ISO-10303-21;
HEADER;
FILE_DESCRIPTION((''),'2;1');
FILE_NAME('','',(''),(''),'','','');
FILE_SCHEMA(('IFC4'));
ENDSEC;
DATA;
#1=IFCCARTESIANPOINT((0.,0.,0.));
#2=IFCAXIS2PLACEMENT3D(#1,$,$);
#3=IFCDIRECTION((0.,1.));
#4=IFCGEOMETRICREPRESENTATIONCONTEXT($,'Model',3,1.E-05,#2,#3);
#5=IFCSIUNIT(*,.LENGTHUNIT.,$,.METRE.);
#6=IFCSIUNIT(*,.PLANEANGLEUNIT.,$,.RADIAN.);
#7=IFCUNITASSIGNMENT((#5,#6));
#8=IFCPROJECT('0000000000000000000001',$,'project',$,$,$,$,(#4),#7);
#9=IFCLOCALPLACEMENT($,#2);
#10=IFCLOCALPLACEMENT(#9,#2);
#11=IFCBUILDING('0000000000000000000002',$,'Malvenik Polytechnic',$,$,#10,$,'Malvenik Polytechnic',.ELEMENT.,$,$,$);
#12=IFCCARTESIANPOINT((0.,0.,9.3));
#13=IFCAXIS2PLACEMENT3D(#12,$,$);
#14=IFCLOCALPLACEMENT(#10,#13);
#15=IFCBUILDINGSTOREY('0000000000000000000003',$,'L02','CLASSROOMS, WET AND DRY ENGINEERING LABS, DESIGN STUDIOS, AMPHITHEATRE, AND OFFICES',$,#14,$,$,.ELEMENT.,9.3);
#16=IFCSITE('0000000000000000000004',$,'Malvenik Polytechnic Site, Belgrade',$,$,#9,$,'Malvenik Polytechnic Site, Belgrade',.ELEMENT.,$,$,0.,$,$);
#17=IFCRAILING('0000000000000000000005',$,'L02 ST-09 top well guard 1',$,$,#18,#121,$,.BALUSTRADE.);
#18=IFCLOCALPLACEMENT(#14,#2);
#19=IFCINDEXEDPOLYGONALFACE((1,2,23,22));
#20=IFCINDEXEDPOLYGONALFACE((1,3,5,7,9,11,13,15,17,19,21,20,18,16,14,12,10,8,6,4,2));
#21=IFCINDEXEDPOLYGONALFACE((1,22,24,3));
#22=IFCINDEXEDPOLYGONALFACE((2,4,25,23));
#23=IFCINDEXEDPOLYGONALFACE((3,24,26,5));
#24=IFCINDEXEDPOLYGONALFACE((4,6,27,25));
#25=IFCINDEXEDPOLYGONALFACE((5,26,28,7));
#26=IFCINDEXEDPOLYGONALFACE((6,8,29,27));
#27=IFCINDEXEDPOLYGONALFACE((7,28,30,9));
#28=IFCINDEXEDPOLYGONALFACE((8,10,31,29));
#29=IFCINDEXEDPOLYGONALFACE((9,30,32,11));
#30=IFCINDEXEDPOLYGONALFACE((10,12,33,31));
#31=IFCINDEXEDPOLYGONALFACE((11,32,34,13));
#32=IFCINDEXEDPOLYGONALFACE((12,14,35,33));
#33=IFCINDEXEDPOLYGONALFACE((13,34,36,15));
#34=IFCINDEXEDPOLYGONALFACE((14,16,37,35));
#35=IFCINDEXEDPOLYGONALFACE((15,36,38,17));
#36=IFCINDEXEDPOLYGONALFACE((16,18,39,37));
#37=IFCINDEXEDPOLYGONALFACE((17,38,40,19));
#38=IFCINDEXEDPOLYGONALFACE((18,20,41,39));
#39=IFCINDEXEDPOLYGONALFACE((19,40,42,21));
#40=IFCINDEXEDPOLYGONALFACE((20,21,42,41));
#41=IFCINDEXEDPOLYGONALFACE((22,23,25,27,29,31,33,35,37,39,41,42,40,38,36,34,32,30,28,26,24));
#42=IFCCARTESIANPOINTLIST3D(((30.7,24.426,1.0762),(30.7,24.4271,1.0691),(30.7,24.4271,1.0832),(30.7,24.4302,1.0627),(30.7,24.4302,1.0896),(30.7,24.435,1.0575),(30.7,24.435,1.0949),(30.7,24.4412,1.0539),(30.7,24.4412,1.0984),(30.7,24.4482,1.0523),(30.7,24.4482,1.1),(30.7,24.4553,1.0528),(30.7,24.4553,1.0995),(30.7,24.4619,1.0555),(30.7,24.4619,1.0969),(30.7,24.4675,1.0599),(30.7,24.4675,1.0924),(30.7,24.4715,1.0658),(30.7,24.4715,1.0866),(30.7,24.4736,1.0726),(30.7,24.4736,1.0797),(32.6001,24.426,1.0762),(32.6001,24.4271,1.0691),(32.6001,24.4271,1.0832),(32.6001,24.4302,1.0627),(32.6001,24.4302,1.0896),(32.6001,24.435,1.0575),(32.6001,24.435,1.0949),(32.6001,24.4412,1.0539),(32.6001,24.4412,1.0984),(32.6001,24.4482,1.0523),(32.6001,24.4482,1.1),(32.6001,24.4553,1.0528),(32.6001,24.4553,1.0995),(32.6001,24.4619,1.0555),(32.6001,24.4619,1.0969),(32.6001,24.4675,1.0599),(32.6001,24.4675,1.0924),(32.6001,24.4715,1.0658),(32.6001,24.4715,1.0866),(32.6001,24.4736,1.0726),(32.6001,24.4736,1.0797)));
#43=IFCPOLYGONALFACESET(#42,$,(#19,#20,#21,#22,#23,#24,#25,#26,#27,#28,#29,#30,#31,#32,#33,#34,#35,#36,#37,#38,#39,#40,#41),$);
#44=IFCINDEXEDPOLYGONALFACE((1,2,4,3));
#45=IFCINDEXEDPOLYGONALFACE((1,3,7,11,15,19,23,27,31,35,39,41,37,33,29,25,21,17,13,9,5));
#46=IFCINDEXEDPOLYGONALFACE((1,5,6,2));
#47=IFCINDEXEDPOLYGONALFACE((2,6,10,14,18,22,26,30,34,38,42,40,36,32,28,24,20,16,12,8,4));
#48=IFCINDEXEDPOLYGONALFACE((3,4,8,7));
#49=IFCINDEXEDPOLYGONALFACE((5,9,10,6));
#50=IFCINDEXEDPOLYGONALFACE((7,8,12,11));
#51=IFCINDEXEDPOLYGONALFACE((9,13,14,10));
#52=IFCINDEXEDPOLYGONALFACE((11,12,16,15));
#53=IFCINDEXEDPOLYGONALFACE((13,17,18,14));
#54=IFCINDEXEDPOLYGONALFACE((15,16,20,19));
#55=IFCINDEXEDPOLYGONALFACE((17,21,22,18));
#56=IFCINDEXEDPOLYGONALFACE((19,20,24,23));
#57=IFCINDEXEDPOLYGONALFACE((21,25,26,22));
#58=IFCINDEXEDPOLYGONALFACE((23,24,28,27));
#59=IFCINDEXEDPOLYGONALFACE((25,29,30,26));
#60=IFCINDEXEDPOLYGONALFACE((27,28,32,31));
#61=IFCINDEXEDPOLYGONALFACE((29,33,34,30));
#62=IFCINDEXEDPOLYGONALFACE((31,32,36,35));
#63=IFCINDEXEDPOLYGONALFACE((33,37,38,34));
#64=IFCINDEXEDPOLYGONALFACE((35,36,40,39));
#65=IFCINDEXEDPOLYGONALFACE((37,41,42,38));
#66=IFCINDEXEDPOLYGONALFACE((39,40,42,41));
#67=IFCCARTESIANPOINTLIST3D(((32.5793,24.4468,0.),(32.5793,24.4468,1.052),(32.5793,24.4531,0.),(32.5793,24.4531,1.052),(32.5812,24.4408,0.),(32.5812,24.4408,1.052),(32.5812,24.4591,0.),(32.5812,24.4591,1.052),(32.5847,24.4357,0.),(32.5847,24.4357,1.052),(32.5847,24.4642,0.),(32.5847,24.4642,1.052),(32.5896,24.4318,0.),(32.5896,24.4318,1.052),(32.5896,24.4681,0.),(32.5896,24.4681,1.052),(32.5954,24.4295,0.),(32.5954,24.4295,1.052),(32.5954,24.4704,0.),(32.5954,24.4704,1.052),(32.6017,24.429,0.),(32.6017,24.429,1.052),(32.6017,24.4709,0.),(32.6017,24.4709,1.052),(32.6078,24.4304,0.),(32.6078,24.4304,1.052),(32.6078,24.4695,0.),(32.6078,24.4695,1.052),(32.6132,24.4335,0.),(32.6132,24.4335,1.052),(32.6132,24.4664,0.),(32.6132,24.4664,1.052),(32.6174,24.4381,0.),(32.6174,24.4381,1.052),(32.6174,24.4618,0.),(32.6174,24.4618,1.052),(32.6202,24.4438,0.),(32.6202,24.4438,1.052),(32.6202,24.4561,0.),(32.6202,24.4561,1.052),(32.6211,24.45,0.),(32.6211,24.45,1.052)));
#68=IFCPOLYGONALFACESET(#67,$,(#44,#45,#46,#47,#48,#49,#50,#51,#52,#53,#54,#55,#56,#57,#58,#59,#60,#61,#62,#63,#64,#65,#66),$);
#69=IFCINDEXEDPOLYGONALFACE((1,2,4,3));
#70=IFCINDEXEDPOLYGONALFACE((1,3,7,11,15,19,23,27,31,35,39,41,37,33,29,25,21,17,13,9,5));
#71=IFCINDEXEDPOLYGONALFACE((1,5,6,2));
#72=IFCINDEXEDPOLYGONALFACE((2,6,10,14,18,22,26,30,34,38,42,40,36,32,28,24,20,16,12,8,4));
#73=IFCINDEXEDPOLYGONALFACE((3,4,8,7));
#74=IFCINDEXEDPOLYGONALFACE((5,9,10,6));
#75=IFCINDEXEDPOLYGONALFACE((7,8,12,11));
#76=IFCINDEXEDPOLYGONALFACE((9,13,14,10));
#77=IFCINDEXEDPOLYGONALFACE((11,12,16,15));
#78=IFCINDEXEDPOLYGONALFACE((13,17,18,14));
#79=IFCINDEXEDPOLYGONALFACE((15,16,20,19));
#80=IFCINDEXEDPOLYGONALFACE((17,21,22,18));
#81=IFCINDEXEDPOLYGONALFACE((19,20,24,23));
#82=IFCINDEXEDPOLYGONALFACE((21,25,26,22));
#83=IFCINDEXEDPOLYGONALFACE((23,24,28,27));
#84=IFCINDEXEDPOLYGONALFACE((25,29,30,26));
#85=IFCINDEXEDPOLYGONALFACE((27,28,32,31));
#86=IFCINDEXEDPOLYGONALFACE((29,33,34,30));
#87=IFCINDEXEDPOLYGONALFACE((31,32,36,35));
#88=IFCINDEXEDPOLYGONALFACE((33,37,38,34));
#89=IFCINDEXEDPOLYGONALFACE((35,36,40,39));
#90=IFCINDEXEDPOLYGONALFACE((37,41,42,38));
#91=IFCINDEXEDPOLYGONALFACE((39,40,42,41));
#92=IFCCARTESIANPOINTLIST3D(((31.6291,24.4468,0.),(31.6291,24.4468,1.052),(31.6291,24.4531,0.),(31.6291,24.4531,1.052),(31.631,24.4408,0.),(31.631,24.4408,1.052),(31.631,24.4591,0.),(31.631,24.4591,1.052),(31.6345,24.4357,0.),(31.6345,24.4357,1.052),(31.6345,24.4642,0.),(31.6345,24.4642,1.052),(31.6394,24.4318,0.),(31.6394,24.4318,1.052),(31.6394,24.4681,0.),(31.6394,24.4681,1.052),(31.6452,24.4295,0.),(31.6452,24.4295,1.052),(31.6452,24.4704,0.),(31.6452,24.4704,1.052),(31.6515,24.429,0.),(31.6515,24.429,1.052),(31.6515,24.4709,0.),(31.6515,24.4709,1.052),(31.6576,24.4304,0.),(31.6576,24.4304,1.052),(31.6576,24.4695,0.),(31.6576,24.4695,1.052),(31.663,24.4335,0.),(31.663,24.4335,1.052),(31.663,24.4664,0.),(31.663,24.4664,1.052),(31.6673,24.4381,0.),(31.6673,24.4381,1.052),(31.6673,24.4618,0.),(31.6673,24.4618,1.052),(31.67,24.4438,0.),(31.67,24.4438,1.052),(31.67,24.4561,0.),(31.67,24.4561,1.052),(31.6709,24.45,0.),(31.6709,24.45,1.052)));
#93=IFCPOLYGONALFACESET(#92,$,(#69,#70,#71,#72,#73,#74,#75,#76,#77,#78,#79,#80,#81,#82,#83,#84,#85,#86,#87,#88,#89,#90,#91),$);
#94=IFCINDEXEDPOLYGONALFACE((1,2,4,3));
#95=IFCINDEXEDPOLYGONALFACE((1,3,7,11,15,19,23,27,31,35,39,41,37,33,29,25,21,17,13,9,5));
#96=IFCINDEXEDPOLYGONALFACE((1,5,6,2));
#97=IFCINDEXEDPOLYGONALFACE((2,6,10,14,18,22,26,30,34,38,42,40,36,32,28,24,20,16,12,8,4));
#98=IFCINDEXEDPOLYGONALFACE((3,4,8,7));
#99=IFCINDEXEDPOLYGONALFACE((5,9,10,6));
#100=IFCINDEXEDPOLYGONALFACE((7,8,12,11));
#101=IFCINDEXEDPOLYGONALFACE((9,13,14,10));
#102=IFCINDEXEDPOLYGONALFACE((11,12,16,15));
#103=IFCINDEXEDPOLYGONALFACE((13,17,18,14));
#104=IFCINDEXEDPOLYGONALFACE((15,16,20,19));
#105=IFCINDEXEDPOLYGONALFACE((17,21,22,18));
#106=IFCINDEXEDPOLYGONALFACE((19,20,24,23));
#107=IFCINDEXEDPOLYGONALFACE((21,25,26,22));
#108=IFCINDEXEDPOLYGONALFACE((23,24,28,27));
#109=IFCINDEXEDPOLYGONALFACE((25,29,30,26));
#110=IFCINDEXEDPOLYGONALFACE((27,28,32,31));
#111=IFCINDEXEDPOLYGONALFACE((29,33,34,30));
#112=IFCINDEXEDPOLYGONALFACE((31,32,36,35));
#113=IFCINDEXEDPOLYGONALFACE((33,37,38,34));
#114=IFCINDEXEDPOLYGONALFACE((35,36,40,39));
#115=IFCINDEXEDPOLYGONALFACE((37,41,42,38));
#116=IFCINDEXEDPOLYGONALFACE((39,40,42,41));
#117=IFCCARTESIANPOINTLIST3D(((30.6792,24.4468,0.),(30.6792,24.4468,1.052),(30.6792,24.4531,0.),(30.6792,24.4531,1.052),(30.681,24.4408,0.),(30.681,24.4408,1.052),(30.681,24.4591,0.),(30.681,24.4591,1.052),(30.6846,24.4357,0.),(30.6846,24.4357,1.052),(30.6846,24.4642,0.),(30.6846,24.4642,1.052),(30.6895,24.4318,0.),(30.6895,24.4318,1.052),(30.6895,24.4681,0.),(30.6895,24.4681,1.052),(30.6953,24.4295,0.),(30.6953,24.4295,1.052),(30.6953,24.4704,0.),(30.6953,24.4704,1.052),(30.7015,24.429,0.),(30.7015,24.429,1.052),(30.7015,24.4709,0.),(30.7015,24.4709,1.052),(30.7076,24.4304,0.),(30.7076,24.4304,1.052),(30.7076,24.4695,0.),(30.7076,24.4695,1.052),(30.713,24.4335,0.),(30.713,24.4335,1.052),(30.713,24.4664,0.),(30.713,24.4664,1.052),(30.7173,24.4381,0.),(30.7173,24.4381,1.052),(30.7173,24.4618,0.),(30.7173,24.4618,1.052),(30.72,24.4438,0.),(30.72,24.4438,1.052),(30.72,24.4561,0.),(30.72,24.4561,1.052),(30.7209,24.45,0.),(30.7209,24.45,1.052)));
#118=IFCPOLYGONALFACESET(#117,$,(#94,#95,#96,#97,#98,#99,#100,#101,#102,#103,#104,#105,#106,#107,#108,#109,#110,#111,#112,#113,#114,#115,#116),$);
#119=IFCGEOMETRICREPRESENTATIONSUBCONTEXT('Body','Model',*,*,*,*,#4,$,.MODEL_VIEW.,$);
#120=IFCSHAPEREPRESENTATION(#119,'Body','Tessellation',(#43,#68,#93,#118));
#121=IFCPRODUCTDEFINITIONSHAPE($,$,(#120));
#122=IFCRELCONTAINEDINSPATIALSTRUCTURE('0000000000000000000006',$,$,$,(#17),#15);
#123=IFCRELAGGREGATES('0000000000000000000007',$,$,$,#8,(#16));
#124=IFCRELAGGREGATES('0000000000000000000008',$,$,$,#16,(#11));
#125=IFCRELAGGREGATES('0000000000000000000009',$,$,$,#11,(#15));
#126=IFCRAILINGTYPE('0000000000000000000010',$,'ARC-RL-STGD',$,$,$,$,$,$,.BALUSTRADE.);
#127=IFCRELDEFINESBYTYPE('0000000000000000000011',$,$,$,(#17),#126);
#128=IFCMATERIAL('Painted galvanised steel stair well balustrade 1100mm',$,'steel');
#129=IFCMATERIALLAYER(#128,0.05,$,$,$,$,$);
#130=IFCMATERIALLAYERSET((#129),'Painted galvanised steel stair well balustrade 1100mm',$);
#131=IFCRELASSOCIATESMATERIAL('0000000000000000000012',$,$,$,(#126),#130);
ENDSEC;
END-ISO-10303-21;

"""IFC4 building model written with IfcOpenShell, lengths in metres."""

from ifc_helpers import new_model, si_unit, direction, frame, origin, origin_2d, place, context, subcontext, project, spatial, circle, extrude, material, layer, layer_set, type_object, element, save


model = new_model("IFC4")

# Units and contexts
model_context = context("Model", 3, precision=1e-05, world=origin(), true_north=direction((0.0, 1.0)))
body_context = subcontext(model_context, "Body", "Model", "MODEL_VIEW")
ifc_project = project(units=[si_unit("LENGTHUNIT", "METRE"), si_unit("PLANEANGLEUNIT", "RADIAN")], contexts=[model_context])

# Site, building, storey
site_placement = place(None, origin())
site = spatial("IfcSite", under=ifc_project, at=site_placement, Name="Malvenik Polytechnic Site, Belgrade", LongName="Malvenik Polytechnic Site, Belgrade", CompositionType="ELEMENT", RefElevation=0.0)
building_placement = place(site_placement, origin())
building = spatial("IfcBuilding", under=site, at=building_placement, Name="Malvenik Polytechnic", LongName="Malvenik Polytechnic", CompositionType="ELEMENT")
storey_placement = place(building_placement, frame((0.0, 0.0, 9.3)))
storey = spatial("IfcBuildingStorey", under=building, at=storey_placement, Name="L02", Description="CLASSROOMS, WET AND DRY ENGINEERING LABS, DESIGN STUDIOS, AMPHITHEATRE, AND OFFICES", CompositionType="ELEMENT", Elevation=9.3)

# Railing
ifc_material_1 = material(Name="Painted galvanised steel stair well balustrade 1100mm", Category="steel")
ifc_layer_1 = layer(ifc_material_1, 0.05)
ifc_layer_set_1 = layer_set([ifc_layer_1], Name="Painted galvanised steel stair well balustrade 1100mm")
railing_type_1 = type_object("IfcRailingType", Name="ARC-RL-STGD", PredefinedType="BALUSTRADE", material=ifc_layer_set_1)
railing_1_placement = place(storey_placement, frame((32.6001, 24.45, 0.0)))
element("IfcRailing", 1, at=railing_1_placement, inside=storey, type_object=railing_type_1, Name="L02 ST-09 top well guard 1", PredefinedType="BALUSTRADE", context=body_context, shape_type="SweptSolid", body=[
    extrude(circle(Radius=0.0239, at=origin_2d()), frame((0.0, 0.0, 1.0762), z_axis=(-1.0, 0.0, 0.0), x_axis=(0.0, -1.0, 0.0)), (0.0, 0.0, 1.0), 1.9001),
    extrude(circle(Radius=0.021, at=origin_2d()), origin(), (0.0, 0.0, 1.0), 1.052),
    extrude(circle(Radius=0.021, at=origin_2d()), frame((-0.9502, 0.0, 0.0)), (0.0, 0.0, 1.0), 1.052),
    extrude(circle(Radius=0.021, at=origin_2d()), frame((-1.9001, 0.0, 0.0)), (0.0, 0.0, 1.0), 1.052),
])

save(model, "model.ifc")
